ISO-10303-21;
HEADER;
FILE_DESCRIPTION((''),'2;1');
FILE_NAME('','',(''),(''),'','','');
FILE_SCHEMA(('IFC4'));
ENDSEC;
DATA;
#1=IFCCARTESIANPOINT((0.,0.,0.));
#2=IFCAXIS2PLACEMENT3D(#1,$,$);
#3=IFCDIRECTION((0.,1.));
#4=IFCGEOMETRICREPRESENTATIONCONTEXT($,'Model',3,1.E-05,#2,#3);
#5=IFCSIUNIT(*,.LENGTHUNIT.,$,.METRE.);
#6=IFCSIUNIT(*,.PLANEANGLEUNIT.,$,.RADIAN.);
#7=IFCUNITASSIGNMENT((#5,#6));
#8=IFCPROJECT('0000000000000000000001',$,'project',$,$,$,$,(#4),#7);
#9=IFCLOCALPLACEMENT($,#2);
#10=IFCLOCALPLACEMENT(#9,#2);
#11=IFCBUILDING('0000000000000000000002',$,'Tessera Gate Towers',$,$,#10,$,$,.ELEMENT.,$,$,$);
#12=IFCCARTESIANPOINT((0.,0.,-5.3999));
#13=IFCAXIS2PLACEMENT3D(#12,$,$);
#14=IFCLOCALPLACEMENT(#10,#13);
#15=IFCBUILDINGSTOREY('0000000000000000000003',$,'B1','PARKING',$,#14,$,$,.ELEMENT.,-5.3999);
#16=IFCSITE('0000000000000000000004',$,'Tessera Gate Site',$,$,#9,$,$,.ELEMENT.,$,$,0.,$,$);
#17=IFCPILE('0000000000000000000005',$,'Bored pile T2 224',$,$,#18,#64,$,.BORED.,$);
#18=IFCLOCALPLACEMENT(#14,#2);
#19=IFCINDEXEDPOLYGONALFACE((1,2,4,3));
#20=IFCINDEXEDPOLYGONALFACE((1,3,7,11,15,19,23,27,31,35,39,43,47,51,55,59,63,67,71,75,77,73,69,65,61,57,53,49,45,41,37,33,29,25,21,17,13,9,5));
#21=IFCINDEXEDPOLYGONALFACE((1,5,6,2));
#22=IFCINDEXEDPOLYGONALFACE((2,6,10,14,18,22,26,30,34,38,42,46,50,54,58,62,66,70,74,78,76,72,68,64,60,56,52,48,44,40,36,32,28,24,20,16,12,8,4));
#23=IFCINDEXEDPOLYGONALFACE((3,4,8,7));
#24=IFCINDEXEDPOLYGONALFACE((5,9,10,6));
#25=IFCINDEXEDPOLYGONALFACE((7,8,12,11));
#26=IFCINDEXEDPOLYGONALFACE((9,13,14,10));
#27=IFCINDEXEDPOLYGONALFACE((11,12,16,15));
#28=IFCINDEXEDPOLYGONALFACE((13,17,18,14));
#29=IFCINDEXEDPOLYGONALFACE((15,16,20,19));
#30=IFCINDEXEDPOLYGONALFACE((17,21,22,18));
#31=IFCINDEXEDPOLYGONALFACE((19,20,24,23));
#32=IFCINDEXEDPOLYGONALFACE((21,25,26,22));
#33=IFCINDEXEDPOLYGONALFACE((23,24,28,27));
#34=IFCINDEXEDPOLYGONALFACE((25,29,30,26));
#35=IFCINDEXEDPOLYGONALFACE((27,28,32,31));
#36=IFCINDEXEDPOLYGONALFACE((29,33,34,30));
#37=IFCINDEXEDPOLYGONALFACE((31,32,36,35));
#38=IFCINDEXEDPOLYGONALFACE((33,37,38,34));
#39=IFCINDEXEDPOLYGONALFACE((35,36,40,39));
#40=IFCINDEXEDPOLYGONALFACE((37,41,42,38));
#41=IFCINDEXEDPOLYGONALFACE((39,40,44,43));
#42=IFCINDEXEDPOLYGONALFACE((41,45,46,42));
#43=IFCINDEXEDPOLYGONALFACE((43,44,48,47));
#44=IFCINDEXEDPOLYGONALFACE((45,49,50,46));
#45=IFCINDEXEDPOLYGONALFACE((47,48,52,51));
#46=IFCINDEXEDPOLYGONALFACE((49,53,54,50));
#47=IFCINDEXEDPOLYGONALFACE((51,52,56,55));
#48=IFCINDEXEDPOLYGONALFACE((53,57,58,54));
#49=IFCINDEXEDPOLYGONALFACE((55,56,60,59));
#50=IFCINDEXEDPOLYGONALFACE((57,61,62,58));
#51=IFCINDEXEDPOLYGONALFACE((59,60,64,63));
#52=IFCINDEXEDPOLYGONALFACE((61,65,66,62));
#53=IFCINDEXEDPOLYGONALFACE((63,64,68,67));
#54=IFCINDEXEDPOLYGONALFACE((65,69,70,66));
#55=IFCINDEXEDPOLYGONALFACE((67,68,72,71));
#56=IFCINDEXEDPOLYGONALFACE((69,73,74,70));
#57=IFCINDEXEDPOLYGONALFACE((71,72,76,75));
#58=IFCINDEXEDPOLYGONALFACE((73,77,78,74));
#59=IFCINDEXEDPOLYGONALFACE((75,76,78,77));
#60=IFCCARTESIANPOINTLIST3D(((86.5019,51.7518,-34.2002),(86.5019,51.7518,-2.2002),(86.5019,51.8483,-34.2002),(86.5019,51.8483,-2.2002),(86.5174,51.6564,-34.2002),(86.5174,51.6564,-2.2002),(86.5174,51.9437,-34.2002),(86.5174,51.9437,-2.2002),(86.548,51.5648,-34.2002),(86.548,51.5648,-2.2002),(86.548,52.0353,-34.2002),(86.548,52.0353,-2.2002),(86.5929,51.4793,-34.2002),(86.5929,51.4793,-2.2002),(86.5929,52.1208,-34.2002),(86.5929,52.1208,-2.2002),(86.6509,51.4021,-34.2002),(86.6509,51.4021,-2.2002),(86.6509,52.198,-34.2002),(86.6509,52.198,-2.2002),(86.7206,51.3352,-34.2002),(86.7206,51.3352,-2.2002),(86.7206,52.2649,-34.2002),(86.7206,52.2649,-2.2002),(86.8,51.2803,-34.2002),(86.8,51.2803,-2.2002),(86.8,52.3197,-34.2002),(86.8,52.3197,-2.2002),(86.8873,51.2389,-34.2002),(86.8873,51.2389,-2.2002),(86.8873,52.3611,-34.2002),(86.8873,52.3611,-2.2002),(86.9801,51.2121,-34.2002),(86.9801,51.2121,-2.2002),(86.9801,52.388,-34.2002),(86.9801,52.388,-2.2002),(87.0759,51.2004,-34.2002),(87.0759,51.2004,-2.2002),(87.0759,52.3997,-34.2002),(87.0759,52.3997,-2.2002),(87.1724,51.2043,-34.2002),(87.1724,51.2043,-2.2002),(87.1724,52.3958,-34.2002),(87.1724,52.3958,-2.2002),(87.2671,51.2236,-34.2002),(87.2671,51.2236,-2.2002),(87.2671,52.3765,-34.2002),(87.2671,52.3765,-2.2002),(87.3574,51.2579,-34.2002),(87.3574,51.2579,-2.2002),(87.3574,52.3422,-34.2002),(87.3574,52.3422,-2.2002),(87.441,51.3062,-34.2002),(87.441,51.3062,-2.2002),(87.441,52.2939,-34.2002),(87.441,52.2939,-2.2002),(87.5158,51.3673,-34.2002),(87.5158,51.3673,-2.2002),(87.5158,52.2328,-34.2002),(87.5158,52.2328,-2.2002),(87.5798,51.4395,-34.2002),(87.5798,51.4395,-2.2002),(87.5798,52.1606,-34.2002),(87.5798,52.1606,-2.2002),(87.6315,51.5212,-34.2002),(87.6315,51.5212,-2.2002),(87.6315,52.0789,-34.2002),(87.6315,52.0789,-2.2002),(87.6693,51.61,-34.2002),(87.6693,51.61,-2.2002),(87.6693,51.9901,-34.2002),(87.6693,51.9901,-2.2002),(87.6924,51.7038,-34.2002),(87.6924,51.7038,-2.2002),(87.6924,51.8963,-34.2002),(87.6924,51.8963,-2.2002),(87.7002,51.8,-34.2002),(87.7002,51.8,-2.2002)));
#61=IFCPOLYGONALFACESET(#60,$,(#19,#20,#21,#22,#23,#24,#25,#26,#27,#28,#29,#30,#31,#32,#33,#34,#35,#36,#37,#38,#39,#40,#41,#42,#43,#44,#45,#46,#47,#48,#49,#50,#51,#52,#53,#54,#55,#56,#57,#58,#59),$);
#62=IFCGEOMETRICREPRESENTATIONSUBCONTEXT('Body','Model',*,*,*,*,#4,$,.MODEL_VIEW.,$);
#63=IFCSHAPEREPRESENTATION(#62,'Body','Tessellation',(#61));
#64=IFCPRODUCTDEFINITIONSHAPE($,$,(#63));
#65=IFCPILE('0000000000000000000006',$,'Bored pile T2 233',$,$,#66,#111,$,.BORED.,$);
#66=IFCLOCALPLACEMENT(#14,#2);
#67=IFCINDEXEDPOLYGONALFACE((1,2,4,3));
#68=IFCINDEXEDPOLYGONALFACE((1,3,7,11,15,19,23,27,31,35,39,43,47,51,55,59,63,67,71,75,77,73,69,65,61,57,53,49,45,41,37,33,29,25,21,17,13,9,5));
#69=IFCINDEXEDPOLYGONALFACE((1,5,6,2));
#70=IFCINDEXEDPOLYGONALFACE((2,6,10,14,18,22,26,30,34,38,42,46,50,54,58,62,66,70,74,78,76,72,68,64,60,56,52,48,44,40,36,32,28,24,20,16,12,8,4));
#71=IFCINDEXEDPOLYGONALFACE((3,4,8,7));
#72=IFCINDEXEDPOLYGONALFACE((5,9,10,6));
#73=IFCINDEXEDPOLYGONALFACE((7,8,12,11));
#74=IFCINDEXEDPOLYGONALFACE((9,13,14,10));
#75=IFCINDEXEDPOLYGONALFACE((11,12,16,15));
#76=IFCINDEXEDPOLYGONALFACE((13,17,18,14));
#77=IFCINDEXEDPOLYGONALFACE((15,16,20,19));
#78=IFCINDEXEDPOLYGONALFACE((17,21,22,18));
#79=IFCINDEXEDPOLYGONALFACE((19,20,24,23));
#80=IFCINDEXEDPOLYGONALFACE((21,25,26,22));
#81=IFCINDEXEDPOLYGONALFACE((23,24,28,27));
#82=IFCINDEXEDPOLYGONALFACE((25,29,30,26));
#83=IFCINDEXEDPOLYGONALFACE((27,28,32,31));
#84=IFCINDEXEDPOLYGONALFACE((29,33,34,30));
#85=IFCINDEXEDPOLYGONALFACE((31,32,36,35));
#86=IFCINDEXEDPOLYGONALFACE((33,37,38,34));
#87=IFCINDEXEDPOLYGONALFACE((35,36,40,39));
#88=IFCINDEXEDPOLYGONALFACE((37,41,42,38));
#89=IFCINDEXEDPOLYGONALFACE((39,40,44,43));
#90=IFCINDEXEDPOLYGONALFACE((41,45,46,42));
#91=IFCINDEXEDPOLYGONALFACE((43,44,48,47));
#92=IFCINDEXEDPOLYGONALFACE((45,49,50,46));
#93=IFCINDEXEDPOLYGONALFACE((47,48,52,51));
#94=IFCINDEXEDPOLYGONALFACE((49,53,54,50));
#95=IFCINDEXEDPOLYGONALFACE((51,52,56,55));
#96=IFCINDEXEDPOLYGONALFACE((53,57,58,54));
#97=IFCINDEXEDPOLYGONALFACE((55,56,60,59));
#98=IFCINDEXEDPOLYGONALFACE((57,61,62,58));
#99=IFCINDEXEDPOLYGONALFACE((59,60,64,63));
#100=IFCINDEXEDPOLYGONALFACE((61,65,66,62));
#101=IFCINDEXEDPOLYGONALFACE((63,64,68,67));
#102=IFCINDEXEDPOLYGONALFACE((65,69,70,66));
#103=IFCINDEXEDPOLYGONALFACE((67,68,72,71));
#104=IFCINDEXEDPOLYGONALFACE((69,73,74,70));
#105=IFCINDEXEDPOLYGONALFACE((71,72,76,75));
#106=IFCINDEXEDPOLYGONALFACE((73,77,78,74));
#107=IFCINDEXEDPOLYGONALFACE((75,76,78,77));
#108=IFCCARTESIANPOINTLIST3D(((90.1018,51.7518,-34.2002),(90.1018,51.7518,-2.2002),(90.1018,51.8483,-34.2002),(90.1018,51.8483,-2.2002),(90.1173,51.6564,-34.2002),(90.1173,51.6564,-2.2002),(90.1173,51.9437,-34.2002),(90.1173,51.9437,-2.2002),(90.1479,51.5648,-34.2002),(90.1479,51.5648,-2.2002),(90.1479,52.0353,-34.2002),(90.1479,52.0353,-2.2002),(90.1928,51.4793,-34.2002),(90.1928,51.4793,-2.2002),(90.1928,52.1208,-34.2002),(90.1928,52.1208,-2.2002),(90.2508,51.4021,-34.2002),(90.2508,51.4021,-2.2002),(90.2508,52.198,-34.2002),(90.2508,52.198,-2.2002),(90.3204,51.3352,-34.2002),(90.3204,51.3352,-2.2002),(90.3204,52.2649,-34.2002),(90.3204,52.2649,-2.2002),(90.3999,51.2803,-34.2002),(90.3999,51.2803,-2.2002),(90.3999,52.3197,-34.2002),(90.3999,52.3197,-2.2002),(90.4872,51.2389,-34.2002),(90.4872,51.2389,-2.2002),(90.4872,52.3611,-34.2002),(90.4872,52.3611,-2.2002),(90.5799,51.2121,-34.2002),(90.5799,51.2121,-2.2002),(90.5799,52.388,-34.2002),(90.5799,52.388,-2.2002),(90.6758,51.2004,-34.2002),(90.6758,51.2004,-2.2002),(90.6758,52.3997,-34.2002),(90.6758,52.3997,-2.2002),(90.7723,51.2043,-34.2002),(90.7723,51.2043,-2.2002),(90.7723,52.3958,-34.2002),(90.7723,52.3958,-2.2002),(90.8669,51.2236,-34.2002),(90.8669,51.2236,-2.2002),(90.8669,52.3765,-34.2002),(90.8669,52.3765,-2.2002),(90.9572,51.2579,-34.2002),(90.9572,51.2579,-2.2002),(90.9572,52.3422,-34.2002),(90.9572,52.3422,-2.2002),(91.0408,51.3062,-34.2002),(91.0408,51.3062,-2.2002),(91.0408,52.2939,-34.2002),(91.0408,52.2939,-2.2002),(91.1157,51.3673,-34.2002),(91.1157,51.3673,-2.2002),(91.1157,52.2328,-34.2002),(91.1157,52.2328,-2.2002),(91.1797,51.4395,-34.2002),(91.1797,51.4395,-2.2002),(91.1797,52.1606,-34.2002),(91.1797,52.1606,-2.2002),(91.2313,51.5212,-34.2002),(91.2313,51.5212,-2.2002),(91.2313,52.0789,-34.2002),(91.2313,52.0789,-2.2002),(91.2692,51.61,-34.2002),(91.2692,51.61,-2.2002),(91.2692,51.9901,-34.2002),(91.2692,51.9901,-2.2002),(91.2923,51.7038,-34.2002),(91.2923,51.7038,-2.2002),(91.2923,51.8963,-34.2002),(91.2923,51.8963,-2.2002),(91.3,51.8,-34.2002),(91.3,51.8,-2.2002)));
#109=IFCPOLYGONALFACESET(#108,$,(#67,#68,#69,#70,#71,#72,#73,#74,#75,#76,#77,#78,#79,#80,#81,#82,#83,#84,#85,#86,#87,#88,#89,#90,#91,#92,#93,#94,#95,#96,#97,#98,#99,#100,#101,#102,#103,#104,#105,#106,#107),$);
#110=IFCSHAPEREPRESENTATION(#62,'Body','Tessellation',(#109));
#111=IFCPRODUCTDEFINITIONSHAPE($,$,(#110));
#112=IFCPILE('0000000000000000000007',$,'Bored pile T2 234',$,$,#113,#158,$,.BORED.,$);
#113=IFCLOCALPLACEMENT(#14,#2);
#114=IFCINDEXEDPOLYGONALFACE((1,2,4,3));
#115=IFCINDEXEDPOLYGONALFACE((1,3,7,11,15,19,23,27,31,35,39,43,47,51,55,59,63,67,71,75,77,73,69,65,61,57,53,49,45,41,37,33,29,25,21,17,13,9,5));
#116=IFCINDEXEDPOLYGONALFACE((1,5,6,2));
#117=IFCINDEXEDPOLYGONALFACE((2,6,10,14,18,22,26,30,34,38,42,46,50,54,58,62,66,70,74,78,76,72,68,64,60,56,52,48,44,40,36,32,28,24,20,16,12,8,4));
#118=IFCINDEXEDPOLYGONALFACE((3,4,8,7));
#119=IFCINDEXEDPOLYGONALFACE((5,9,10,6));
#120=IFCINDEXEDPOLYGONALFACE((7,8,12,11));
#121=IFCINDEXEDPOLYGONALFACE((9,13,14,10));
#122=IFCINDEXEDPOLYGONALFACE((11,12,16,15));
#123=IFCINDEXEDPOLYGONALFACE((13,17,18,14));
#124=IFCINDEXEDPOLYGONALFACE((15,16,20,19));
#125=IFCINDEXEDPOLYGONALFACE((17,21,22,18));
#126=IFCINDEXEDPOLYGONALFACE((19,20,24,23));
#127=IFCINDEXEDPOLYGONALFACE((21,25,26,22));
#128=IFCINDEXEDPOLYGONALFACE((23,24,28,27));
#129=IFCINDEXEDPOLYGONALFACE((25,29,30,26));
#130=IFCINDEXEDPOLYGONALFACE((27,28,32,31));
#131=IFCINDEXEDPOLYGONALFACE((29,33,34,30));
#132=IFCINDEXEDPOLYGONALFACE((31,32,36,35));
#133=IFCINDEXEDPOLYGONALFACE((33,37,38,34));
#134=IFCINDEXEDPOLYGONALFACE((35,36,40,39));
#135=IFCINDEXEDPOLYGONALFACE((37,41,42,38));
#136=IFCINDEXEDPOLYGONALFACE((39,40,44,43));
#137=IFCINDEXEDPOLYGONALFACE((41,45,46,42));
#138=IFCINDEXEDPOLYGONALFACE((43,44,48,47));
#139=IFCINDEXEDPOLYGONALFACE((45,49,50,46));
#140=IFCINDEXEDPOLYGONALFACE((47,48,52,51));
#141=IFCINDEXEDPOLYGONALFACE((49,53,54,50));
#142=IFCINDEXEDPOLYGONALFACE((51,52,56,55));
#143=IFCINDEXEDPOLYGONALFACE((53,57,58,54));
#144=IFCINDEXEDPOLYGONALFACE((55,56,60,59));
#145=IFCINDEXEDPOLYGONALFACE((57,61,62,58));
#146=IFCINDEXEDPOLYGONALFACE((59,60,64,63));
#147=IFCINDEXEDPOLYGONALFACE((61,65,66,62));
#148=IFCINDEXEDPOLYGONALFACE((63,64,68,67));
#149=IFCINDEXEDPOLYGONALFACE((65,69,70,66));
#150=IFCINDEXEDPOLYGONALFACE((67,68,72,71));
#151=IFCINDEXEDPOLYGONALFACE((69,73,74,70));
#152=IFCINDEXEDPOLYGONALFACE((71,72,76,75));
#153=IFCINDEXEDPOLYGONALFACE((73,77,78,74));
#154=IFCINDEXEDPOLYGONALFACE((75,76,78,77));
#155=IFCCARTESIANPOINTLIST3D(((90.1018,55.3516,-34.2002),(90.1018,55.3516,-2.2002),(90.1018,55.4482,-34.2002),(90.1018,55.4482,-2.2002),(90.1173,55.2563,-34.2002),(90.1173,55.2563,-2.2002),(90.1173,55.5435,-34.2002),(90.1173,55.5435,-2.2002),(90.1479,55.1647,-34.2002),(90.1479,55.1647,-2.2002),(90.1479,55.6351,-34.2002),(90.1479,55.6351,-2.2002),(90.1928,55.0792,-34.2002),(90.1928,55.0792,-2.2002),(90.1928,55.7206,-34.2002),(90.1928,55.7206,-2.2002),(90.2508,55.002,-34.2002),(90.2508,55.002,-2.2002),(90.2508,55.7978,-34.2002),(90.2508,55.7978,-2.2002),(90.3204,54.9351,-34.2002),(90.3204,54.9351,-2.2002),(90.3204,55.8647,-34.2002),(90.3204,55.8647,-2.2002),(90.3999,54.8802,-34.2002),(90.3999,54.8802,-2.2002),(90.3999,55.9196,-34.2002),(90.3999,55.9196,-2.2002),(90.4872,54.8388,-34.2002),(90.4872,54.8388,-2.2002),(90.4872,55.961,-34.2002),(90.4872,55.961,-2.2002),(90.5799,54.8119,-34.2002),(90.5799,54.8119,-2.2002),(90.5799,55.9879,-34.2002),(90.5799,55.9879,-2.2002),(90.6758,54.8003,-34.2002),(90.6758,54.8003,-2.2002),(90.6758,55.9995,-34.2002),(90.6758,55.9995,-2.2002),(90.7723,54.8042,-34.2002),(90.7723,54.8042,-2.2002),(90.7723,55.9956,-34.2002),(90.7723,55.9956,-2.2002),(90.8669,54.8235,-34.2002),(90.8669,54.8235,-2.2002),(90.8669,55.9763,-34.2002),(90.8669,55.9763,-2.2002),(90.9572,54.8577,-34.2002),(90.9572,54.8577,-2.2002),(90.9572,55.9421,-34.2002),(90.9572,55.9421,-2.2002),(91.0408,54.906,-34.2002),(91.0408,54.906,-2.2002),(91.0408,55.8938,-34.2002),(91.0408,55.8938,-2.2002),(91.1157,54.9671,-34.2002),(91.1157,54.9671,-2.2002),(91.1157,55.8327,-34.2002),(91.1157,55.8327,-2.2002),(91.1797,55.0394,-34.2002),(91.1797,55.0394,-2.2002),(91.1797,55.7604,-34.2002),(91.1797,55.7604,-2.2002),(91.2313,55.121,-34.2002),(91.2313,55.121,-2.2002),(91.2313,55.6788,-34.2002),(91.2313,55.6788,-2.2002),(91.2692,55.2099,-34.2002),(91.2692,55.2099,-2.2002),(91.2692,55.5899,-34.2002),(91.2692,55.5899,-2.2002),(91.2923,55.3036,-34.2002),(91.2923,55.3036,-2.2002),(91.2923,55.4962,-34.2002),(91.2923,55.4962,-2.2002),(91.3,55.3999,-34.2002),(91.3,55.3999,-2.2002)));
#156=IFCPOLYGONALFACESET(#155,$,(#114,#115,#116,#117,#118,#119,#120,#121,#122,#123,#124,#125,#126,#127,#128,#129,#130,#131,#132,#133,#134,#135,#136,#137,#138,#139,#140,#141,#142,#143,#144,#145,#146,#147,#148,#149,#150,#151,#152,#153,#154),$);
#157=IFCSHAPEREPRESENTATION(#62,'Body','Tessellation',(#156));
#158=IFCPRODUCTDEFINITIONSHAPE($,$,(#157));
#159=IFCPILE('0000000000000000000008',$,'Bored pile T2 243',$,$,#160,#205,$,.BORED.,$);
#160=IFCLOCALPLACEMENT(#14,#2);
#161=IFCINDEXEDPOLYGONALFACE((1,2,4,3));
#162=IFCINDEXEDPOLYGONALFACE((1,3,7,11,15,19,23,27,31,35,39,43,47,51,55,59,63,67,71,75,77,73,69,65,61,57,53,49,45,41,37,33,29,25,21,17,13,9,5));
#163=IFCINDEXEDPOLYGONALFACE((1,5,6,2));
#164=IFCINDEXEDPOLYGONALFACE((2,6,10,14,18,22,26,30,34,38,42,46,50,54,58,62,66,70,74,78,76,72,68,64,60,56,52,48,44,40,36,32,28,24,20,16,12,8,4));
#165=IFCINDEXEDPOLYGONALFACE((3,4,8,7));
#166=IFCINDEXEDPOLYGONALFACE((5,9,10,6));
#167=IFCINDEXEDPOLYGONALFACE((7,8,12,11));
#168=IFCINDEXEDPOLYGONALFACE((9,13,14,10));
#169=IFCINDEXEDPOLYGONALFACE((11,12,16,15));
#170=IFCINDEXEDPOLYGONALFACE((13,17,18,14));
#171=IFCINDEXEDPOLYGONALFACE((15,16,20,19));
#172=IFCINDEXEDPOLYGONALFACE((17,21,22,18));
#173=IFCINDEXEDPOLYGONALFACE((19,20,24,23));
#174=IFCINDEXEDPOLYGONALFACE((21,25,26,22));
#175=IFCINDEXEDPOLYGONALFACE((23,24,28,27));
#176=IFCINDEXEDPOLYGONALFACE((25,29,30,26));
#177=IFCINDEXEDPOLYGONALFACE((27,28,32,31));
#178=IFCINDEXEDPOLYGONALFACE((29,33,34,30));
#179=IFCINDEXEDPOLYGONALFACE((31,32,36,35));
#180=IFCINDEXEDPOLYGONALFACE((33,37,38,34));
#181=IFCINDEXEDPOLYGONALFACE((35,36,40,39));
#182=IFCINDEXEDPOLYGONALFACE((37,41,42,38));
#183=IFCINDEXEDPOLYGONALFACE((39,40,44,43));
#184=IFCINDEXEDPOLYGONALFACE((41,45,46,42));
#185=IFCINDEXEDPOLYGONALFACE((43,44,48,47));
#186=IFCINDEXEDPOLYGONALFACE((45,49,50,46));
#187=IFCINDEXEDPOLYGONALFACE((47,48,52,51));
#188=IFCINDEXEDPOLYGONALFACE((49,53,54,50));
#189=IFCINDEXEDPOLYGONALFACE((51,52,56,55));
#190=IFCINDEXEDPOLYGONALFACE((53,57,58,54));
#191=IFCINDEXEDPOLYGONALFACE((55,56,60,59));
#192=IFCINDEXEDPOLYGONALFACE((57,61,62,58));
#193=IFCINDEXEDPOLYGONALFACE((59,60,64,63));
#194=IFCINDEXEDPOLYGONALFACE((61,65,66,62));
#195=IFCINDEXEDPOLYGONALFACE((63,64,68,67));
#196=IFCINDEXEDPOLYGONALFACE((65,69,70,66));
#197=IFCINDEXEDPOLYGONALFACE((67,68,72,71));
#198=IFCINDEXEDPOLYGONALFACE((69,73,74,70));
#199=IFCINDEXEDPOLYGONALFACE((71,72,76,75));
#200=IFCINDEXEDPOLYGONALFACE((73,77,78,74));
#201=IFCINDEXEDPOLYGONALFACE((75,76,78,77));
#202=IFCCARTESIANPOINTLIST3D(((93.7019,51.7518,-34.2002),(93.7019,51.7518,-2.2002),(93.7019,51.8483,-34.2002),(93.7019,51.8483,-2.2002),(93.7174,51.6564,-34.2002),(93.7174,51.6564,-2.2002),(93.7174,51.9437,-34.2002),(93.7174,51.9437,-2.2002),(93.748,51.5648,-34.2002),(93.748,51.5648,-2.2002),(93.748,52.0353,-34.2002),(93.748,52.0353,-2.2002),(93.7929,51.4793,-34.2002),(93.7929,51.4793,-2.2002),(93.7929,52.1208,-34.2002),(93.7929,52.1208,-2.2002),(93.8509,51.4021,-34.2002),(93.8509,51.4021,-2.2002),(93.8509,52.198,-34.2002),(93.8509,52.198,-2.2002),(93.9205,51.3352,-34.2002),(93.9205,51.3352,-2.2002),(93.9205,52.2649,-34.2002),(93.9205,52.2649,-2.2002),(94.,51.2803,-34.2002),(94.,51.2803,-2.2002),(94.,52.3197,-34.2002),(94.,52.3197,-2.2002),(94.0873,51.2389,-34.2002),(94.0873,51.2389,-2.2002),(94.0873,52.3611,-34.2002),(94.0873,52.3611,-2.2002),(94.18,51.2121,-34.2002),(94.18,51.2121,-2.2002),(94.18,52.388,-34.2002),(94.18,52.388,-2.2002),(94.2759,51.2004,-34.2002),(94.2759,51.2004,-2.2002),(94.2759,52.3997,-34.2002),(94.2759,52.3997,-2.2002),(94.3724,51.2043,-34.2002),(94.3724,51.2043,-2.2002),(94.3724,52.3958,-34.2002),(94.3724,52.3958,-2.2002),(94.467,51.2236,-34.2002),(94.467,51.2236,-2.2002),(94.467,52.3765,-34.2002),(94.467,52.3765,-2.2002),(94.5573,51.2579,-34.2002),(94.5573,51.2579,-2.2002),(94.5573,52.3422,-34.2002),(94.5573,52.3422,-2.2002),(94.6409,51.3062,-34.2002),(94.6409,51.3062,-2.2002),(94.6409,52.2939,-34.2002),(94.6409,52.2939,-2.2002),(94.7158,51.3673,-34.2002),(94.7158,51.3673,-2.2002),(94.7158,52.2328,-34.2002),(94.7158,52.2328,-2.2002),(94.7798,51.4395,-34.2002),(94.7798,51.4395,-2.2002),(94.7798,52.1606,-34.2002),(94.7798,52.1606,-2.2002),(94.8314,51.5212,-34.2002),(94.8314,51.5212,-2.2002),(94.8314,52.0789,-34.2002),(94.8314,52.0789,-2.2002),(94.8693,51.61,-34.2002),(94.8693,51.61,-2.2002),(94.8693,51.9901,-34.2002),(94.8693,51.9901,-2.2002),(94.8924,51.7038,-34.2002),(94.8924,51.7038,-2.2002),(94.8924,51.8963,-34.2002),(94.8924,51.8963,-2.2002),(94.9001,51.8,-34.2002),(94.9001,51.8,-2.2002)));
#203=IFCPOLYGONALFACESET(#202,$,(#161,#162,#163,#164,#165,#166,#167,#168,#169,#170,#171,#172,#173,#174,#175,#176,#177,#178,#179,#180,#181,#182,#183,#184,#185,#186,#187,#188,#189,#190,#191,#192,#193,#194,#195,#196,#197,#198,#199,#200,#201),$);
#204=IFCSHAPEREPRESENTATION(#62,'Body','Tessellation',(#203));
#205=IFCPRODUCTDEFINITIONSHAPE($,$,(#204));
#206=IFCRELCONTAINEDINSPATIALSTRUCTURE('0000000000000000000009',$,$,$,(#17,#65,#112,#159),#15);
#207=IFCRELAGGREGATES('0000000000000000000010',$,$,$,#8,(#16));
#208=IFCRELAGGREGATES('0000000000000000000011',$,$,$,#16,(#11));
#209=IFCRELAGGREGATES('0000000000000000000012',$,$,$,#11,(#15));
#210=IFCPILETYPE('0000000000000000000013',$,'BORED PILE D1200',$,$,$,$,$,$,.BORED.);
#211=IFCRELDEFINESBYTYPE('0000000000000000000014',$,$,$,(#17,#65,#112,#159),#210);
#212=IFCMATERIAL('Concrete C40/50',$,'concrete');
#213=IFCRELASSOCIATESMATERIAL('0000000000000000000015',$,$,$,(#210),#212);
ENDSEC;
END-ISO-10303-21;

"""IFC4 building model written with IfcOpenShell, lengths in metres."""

from ifc_helpers import new_model, si_unit, direction, frame, origin, origin_2d, place, context, subcontext, project, spatial, circle, extrude, material, material_profile, profile_set, type_object, element, save


model = new_model("IFC4")

# Units and contexts
model_context = context("Model", 3, precision=1e-05, world=origin(), true_north=direction((0.0, 1.0)))
body_context = subcontext(model_context, "Body", "Model", "MODEL_VIEW")
ifc_project = project(units=[si_unit("LENGTHUNIT", "METRE"), si_unit("PLANEANGLEUNIT", "RADIAN")], contexts=[model_context])

# Site, building, storey
site_placement = place(None, origin())
site = spatial("IfcSite", under=ifc_project, at=site_placement, Name="Tessera Gate Site", CompositionType="ELEMENT", RefElevation=0.0)
building_placement = place(site_placement, origin())
building = spatial("IfcBuilding", under=site, at=building_placement, Name="Tessera Gate Towers", CompositionType="ELEMENT")
storey_placement = place(building_placement, frame((0.0, 0.0, -5.3999)))
storey = spatial("IfcBuildingStorey", under=building, at=storey_placement, Name="B1", Description="PARKING", CompositionType="ELEMENT", Elevation=-5.3999)

# Piles
ifc_material_1 = material(Name="Concrete C40/50", Category="concrete")
ifc_material_profile_1 = material_profile(ifc_material_1, circle(Radius=0.6001, at=origin_2d()), Name="BORED PILE D1200")
ifc_profile_set_1 = profile_set([ifc_material_profile_1], Name="Concrete C40/50")
pile_type = type_object("IfcPileType", Name="BORED PILE D1200", PredefinedType="BORED", material=ifc_profile_set_1)
for number, where, z_axis, x_axis, name in (
    (1, (87.1001, 51.8, -2.2002), (0.0, 0.0, -1.0), (1.0, 0.0, 0.0), "Bored pile T2 224"),
    (2, (90.7, 51.8, -2.2002), (0.0, 0.0, -1.0), (1.0, 0.0, 0.0), "Bored pile T2 233"),
    (3, (90.7, 55.3999, -2.2002), (0.0, 0.0, -1.0), (1.0, 0.0, 0.0), "Bored pile T2 234"),
    (4, (94.3, 51.8, -2.2002), (0.0, 0.0, -1.0), (1.0, 0.0, 0.0), "Bored pile T2 243"),
):
    element("IfcPile", number, at=place(storey_placement, frame(where, z_axis=z_axis, x_axis=x_axis)), inside=storey, type_object=pile_type, Name=name, PredefinedType="BORED", context=body_context, shape_type="SweptSolid", body=[
        extrude(circle(Radius=0.6001, at=origin_2d()), origin(), (0.0, 0.0, 1.0), 32.0),
    ])

save(model, "model.ifc")
